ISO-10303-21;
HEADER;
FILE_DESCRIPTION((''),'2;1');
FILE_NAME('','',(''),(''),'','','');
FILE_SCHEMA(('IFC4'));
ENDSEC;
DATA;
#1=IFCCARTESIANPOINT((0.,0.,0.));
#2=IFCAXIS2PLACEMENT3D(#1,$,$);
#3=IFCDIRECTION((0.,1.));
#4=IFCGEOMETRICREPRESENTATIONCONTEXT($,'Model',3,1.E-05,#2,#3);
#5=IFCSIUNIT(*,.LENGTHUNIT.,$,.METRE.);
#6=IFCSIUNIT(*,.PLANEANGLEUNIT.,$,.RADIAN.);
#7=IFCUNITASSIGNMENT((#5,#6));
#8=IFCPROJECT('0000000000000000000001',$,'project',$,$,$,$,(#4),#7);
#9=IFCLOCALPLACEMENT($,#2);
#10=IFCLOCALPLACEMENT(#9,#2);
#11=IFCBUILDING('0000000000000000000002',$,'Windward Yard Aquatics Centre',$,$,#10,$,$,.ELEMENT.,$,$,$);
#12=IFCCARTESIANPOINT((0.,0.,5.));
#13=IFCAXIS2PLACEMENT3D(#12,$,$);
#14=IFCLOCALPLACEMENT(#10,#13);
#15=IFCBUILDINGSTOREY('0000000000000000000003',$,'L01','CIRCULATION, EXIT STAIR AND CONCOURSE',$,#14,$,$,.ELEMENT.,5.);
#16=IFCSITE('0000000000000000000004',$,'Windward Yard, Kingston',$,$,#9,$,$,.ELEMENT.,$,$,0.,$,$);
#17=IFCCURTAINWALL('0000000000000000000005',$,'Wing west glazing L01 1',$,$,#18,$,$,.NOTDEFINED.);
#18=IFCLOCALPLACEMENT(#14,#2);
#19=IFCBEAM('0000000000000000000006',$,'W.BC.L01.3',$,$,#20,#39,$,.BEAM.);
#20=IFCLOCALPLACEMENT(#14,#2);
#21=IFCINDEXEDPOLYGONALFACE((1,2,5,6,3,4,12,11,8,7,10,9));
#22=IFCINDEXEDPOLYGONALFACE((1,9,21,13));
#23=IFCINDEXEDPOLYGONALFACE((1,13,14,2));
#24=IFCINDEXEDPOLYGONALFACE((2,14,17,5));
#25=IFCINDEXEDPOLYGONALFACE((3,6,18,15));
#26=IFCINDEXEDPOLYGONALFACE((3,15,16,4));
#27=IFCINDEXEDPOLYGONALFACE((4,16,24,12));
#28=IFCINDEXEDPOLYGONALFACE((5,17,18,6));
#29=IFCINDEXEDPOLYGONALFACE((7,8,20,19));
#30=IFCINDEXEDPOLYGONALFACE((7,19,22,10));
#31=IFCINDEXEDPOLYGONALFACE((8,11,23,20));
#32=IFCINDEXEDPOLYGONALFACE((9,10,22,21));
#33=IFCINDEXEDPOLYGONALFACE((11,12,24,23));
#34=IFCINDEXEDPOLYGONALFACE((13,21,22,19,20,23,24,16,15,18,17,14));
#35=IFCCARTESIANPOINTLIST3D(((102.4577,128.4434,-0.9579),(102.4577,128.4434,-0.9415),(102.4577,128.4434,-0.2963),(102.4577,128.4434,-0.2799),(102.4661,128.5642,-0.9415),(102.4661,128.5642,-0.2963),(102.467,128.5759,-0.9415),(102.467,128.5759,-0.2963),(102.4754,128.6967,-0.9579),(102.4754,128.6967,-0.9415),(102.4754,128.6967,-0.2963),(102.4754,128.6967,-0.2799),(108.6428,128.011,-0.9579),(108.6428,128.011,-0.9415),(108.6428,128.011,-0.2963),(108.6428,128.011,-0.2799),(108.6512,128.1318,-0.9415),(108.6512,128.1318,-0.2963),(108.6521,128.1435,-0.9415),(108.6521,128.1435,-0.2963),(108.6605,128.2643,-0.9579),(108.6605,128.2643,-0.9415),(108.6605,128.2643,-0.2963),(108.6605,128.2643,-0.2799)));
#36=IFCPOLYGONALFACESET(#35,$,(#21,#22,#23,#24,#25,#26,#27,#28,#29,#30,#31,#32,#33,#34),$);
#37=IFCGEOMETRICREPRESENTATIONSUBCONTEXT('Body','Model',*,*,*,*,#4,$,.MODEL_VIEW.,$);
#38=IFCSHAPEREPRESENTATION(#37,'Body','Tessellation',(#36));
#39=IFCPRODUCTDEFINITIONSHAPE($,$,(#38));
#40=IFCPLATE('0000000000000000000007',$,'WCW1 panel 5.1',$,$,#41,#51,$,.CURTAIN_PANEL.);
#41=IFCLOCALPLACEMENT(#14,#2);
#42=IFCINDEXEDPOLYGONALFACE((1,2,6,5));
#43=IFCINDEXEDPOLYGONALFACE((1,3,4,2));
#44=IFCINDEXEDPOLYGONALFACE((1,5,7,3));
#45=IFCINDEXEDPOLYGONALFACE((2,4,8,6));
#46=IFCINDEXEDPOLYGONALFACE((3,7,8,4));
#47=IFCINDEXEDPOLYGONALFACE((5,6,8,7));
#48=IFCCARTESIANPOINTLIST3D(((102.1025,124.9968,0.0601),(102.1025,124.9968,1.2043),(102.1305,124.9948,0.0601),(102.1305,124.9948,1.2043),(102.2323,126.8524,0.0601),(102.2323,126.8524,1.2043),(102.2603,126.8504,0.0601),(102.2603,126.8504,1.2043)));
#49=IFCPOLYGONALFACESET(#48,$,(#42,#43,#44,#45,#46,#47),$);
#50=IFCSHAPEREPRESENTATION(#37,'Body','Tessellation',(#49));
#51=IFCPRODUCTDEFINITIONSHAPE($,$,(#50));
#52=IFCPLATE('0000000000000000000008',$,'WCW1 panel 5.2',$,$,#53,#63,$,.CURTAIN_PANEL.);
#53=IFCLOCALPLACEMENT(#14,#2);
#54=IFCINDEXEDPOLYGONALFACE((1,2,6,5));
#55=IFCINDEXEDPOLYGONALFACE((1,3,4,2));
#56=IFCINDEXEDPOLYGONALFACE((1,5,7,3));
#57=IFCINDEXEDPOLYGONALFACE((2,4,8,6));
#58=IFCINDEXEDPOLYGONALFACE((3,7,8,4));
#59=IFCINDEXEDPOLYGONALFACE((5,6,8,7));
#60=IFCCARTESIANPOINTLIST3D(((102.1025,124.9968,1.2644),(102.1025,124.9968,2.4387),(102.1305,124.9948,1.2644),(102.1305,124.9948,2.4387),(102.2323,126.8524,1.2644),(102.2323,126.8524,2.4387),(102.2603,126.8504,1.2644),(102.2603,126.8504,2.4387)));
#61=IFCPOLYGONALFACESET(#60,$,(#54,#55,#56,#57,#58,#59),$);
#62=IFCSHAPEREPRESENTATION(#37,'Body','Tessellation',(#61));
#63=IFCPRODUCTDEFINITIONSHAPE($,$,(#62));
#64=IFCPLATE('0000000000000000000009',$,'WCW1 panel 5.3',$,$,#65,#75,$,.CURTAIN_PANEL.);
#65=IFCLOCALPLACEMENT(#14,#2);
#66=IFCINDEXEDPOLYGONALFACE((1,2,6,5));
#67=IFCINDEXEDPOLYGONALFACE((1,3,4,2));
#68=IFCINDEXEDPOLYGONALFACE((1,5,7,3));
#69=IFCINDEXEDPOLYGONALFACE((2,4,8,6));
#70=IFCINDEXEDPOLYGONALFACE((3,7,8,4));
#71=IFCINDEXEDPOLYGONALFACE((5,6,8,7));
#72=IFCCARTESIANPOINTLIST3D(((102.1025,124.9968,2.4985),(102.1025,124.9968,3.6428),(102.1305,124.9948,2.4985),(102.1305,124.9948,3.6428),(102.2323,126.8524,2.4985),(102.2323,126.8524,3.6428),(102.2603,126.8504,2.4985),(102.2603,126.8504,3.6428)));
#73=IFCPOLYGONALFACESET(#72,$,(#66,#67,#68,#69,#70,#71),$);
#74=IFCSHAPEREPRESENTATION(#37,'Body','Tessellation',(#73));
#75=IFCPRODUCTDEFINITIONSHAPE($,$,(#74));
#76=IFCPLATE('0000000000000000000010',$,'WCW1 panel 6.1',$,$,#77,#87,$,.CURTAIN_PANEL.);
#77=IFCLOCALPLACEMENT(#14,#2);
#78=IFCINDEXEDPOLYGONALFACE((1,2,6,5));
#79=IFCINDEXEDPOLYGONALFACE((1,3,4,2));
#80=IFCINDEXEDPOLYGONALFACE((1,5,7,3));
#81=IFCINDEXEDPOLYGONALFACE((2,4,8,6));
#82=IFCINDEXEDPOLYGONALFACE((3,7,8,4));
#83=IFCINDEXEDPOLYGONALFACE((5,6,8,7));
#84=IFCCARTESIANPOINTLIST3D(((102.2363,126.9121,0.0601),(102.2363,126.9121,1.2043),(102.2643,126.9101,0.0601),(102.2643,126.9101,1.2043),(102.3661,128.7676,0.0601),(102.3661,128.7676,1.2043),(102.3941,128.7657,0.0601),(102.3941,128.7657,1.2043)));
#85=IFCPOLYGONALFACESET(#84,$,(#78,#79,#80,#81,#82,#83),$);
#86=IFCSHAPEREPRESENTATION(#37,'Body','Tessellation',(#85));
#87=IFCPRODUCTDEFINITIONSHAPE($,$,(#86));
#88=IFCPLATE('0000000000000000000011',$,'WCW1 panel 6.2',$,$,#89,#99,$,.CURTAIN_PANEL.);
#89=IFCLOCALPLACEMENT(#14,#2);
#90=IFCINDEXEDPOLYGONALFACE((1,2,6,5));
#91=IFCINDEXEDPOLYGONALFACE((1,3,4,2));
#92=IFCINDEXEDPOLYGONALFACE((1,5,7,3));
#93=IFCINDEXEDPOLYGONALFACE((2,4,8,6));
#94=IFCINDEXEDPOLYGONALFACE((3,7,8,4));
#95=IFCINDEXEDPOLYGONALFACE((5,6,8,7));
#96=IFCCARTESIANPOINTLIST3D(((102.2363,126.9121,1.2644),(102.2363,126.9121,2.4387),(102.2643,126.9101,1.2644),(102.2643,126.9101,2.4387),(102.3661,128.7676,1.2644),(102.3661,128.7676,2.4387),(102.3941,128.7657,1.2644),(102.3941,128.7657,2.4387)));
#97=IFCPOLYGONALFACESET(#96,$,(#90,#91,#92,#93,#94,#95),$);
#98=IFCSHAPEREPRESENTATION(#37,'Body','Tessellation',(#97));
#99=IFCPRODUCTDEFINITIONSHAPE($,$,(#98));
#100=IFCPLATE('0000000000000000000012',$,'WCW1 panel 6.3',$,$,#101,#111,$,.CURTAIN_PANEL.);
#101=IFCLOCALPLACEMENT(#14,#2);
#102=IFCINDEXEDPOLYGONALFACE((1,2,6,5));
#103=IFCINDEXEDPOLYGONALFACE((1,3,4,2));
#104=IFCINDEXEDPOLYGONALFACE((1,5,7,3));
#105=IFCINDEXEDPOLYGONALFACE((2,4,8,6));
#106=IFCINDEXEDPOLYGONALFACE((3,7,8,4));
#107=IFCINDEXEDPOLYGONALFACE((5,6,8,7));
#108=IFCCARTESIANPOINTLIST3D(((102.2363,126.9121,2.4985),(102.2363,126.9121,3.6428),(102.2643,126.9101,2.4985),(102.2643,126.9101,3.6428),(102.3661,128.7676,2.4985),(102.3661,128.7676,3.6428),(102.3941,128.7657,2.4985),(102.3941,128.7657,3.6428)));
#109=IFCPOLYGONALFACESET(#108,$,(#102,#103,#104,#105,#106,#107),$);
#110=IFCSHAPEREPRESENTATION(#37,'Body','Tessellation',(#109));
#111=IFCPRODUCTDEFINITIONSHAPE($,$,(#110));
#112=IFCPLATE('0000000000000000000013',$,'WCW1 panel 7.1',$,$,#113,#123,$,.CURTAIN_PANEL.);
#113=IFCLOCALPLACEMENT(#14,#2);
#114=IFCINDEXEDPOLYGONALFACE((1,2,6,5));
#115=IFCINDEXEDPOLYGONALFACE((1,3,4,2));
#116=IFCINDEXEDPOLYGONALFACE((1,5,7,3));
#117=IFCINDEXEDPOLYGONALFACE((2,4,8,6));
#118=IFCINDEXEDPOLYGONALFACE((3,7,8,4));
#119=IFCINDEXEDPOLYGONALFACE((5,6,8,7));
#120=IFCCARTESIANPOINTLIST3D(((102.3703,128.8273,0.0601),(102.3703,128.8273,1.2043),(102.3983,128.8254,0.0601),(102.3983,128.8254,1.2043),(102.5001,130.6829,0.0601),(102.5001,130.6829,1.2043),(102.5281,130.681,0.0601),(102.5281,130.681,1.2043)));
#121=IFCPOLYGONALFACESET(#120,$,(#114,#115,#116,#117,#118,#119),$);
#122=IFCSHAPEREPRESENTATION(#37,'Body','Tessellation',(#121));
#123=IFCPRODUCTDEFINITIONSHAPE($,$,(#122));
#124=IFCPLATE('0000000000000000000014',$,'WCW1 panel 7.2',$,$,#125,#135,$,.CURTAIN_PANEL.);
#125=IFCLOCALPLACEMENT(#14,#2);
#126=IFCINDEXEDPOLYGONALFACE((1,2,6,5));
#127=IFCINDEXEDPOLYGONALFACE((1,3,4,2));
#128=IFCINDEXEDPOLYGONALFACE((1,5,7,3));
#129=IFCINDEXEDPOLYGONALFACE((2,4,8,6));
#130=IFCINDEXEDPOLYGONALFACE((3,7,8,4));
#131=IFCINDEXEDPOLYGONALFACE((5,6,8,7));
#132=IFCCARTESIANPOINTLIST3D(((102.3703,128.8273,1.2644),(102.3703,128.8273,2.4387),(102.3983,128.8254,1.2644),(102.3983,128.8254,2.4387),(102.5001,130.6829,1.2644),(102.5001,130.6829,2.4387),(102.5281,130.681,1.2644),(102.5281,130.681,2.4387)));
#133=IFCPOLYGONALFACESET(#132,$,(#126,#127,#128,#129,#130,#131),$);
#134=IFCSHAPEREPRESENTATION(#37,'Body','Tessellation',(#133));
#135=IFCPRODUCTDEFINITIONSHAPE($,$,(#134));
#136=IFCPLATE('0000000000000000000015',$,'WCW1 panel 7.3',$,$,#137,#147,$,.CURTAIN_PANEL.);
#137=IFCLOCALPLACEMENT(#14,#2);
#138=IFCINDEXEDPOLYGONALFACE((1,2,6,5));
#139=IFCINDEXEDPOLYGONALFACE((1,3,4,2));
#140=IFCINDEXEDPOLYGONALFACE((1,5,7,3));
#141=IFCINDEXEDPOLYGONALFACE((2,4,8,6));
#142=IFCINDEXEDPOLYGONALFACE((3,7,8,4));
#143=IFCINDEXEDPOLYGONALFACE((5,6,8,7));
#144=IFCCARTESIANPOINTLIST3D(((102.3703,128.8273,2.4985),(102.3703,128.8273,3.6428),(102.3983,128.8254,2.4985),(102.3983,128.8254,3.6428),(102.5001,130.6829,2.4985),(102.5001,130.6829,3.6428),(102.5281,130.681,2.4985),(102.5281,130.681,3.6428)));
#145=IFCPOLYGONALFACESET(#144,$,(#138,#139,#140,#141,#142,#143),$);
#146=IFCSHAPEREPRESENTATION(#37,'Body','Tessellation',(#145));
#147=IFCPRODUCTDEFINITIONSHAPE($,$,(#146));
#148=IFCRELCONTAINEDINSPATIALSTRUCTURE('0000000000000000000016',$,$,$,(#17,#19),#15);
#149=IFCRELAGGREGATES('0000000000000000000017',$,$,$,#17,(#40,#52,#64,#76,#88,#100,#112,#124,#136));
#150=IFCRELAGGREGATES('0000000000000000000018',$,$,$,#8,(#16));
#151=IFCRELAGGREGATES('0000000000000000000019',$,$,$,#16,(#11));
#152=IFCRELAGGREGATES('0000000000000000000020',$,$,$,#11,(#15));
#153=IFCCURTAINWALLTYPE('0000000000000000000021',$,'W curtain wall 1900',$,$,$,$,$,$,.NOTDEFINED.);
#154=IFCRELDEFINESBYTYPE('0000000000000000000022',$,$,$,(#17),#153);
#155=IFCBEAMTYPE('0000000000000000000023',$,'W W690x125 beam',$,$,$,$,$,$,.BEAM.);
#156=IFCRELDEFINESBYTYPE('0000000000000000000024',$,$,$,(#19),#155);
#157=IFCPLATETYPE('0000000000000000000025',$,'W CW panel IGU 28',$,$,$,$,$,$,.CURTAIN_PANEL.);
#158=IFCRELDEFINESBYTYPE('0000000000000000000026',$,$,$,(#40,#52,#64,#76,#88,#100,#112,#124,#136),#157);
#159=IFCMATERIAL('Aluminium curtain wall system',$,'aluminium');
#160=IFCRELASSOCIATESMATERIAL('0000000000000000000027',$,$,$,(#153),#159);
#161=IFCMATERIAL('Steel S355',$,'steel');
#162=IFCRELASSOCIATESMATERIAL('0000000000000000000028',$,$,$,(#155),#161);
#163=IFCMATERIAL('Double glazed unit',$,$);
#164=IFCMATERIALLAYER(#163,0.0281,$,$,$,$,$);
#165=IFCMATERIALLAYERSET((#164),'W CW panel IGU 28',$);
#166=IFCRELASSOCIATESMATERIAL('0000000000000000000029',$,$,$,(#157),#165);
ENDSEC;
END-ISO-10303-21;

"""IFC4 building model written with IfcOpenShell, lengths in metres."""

from ifc_helpers import new_model, si_unit, direction, frame, origin, origin_2d, place, context, subcontext, project, spatial, rectangle, i_section, extrude, material, layer, layer_set, material_profile, profile_set, type_object, element, aggregate, save


model = new_model("IFC4")

# Units and contexts
model_context = context("Model", 3, precision=1e-05, world=origin(), true_north=direction((0.0, 1.0)))
body_context = subcontext(model_context, "Body", "Model", "MODEL_VIEW")
ifc_project = project(units=[si_unit("LENGTHUNIT", "METRE"), si_unit("PLANEANGLEUNIT", "RADIAN")], contexts=[model_context])

# Site, building, storey
site_placement = place(None, origin())
site = spatial("IfcSite", under=ifc_project, at=site_placement, Name="Windward Yard, Kingston", CompositionType="ELEMENT", RefElevation=0.0)
building_placement = place(site_placement, origin())
building = spatial("IfcBuilding", under=site, at=building_placement, Name="Windward Yard Aquatics Centre", CompositionType="ELEMENT")
storey_placement = place(building_placement, frame((0.0, 0.0, 5.0)))
storey = spatial("IfcBuildingStorey", under=building, at=storey_placement, Name="L01", Description="CIRCULATION, EXIT STAIR AND CONCOURSE", CompositionType="ELEMENT", Elevation=5.0)

# Curtain wall
ifc_material_1 = material(Name="Aluminium curtain wall system", Category="aluminium")
curtain_wall_type = type_object("IfcCurtainWallType", Name="W curtain wall 1900", PredefinedType="NOTDEFINED", material=ifc_material_1)
curtain_wall_placement = place(storey_placement, origin())
curtain_wall = element("IfcCurtainWall", 1, at=curtain_wall_placement, inside=storey, type_object=curtain_wall_type, Name="Wing west glazing L01 1", PredefinedType="NOTDEFINED")

# Beam
ifc_material_2 = material(Name="Steel S355", Category="steel")
ifc_material_profile_1 = material_profile(ifc_material_2, i_section(OverallWidth=0.2539, OverallDepth=0.678, WebThickness=0.0117, FlangeThickness=0.0164, at=origin_2d()), Name="W690x125")
ifc_profile_set_1 = profile_set([ifc_material_profile_1], Name="Steel S355")
beam_type_1 = type_object("IfcBeamType", Name="W W690x125 beam", PredefinedType="BEAM", material=ifc_profile_set_1)
beam_1_placement = place(storey_placement, frame((102.4666, 128.5701, -0.6189), z_axis=(0.997565, -0.069736, 0.0), x_axis=(0.069736, 0.997565, 0.0)))
element("IfcBeam", 2, at=beam_1_placement, inside=storey, type_object=beam_type_1, Name="W.BC.L01.3", PredefinedType="BEAM", context=body_context, shape_type="SweptSolid", body=[
    extrude(i_section(OverallWidth=0.2539, OverallDepth=0.678, WebThickness=0.0117, FlangeThickness=0.0164, at=origin_2d()), origin(), (0.0, 0.0, 1.0), 6.2002),
])

# Plates
ifc_material_3 = material(Name="Double glazed unit")
ifc_layer = layer(ifc_material_3, 0.0281)
ifc_layer_set = layer_set([ifc_layer], Name="W CW panel IGU 28")
plate_type = type_object("IfcPlateType", Name="W CW panel IGU 28", PredefinedType="CURTAIN_PANEL", material=ifc_layer_set)
plate_1_placement = place(storey_placement, frame((102.1814, 125.9236, 0.0601), z_axis=(0.0, 0.0, 1.0), x_axis=(0.069755, 0.997564, 0.0)))
plate_1 = element("IfcPlate", 3, at=plate_1_placement, type_object=plate_type, Name="WCW1 panel 5.1", PredefinedType="CURTAIN_PANEL", context=body_context, shape_type="SweptSolid", body=[
    extrude(rectangle(XDim=1.8601, YDim=0.0281, at=origin_2d()), origin(), (0.0, 0.0, 1.0), 1.1443),
])
plate_2_placement = place(storey_placement, frame((102.1814, 125.9236, 1.2644), z_axis=(0.0, 0.0, 1.0), x_axis=(0.069755, 0.997564, 0.0)))
plate_2 = element("IfcPlate", 4, at=plate_2_placement, type_object=plate_type, Name="WCW1 panel 5.2", PredefinedType="CURTAIN_PANEL", context=body_context, shape_type="SweptSolid", body=[
    extrude(rectangle(XDim=1.8601, YDim=0.0281, at=origin_2d()), origin(), (0.0, 0.0, 1.0), 1.1743),
])
plate_3_placement = place(storey_placement, frame((102.1814, 125.9236, 2.4985), z_axis=(0.0, 0.0, 1.0), x_axis=(0.069755, 0.997564, 0.0)))
plate_3 = element("IfcPlate", 5, at=plate_3_placement, type_object=plate_type, Name="WCW1 panel 5.3", PredefinedType="CURTAIN_PANEL", context=body_context, shape_type="SweptSolid", body=[
    extrude(rectangle(XDim=1.8601, YDim=0.0281, at=origin_2d()), origin(), (0.0, 0.0, 1.0), 1.1443),
])
plate_4_placement = place(storey_placement, frame((102.3152, 127.8389, 0.0601), z_axis=(0.0, 0.0, 1.0), x_axis=(0.069755, 0.997564, 0.0)))
plate_4 = element("IfcPlate", 6, at=plate_4_placement, type_object=plate_type, Name="WCW1 panel 6.1", PredefinedType="CURTAIN_PANEL", context=body_context, shape_type="SweptSolid", body=[
    extrude(rectangle(XDim=1.8601, YDim=0.0281, at=origin_2d()), origin(), (0.0, 0.0, 1.0), 1.1443),
])
plate_5_placement = place(storey_placement, frame((102.3152, 127.8389, 1.2644), z_axis=(0.0, 0.0, 1.0), x_axis=(0.069755, 0.997564, 0.0)))
plate_5 = element("IfcPlate", 7, at=plate_5_placement, type_object=plate_type, Name="WCW1 panel 6.2", PredefinedType="CURTAIN_PANEL", context=body_context, shape_type="SweptSolid", body=[
    extrude(rectangle(XDim=1.8601, YDim=0.0281, at=origin_2d()), origin(), (0.0, 0.0, 1.0), 1.1743),
])
plate_6_placement = place(storey_placement, frame((102.3152, 127.8389, 2.4985), z_axis=(0.0, 0.0, 1.0), x_axis=(0.069755, 0.997564, 0.0)))
plate_6 = element("IfcPlate", 8, at=plate_6_placement, type_object=plate_type, Name="WCW1 panel 6.3", PredefinedType="CURTAIN_PANEL", context=body_context, shape_type="SweptSolid", body=[
    extrude(rectangle(XDim=1.8601, YDim=0.0281, at=origin_2d()), origin(), (0.0, 0.0, 1.0), 1.1443),
])
plate_7_placement = place(storey_placement, frame((102.4492, 129.7542, 0.0601), z_axis=(0.0, 0.0, 1.0), x_axis=(0.069755, 0.997564, 0.0)))
plate_7 = element("IfcPlate", 9, at=plate_7_placement, type_object=plate_type, Name="WCW1 panel 7.1", PredefinedType="CURTAIN_PANEL", context=body_context, shape_type="SweptSolid", body=[
    extrude(rectangle(XDim=1.8601, YDim=0.0281, at=origin_2d()), origin(), (0.0, 0.0, 1.0), 1.1443),
])
plate_8_placement = place(storey_placement, frame((102.4492, 129.7542, 1.2644), z_axis=(0.0, 0.0, 1.0), x_axis=(0.069755, 0.997564, 0.0)))
plate_8 = element("IfcPlate", 10, at=plate_8_placement, type_object=plate_type, Name="WCW1 panel 7.2", PredefinedType="CURTAIN_PANEL", context=body_context, shape_type="SweptSolid", body=[
    extrude(rectangle(XDim=1.8601, YDim=0.0281, at=origin_2d()), origin(), (0.0, 0.0, 1.0), 1.1743),
])
plate_9_placement = place(storey_placement, frame((102.4492, 129.7542, 2.4985), z_axis=(0.0, 0.0, 1.0), x_axis=(0.069755, 0.997564, 0.0)))
plate_9 = element("IfcPlate", 11, at=plate_9_placement, type_object=plate_type, Name="WCW1 panel 7.3", PredefinedType="CURTAIN_PANEL", context=body_context, shape_type="SweptSolid", body=[
    extrude(rectangle(XDim=1.8601, YDim=0.0281, at=origin_2d()), origin(), (0.0, 0.0, 1.0), 1.1443),
])
aggregate(curtain_wall, [plate_1, plate_2, plate_3, plate_4, plate_5, plate_6, plate_7, plate_8, plate_9])

save(model, "model.ifc")
